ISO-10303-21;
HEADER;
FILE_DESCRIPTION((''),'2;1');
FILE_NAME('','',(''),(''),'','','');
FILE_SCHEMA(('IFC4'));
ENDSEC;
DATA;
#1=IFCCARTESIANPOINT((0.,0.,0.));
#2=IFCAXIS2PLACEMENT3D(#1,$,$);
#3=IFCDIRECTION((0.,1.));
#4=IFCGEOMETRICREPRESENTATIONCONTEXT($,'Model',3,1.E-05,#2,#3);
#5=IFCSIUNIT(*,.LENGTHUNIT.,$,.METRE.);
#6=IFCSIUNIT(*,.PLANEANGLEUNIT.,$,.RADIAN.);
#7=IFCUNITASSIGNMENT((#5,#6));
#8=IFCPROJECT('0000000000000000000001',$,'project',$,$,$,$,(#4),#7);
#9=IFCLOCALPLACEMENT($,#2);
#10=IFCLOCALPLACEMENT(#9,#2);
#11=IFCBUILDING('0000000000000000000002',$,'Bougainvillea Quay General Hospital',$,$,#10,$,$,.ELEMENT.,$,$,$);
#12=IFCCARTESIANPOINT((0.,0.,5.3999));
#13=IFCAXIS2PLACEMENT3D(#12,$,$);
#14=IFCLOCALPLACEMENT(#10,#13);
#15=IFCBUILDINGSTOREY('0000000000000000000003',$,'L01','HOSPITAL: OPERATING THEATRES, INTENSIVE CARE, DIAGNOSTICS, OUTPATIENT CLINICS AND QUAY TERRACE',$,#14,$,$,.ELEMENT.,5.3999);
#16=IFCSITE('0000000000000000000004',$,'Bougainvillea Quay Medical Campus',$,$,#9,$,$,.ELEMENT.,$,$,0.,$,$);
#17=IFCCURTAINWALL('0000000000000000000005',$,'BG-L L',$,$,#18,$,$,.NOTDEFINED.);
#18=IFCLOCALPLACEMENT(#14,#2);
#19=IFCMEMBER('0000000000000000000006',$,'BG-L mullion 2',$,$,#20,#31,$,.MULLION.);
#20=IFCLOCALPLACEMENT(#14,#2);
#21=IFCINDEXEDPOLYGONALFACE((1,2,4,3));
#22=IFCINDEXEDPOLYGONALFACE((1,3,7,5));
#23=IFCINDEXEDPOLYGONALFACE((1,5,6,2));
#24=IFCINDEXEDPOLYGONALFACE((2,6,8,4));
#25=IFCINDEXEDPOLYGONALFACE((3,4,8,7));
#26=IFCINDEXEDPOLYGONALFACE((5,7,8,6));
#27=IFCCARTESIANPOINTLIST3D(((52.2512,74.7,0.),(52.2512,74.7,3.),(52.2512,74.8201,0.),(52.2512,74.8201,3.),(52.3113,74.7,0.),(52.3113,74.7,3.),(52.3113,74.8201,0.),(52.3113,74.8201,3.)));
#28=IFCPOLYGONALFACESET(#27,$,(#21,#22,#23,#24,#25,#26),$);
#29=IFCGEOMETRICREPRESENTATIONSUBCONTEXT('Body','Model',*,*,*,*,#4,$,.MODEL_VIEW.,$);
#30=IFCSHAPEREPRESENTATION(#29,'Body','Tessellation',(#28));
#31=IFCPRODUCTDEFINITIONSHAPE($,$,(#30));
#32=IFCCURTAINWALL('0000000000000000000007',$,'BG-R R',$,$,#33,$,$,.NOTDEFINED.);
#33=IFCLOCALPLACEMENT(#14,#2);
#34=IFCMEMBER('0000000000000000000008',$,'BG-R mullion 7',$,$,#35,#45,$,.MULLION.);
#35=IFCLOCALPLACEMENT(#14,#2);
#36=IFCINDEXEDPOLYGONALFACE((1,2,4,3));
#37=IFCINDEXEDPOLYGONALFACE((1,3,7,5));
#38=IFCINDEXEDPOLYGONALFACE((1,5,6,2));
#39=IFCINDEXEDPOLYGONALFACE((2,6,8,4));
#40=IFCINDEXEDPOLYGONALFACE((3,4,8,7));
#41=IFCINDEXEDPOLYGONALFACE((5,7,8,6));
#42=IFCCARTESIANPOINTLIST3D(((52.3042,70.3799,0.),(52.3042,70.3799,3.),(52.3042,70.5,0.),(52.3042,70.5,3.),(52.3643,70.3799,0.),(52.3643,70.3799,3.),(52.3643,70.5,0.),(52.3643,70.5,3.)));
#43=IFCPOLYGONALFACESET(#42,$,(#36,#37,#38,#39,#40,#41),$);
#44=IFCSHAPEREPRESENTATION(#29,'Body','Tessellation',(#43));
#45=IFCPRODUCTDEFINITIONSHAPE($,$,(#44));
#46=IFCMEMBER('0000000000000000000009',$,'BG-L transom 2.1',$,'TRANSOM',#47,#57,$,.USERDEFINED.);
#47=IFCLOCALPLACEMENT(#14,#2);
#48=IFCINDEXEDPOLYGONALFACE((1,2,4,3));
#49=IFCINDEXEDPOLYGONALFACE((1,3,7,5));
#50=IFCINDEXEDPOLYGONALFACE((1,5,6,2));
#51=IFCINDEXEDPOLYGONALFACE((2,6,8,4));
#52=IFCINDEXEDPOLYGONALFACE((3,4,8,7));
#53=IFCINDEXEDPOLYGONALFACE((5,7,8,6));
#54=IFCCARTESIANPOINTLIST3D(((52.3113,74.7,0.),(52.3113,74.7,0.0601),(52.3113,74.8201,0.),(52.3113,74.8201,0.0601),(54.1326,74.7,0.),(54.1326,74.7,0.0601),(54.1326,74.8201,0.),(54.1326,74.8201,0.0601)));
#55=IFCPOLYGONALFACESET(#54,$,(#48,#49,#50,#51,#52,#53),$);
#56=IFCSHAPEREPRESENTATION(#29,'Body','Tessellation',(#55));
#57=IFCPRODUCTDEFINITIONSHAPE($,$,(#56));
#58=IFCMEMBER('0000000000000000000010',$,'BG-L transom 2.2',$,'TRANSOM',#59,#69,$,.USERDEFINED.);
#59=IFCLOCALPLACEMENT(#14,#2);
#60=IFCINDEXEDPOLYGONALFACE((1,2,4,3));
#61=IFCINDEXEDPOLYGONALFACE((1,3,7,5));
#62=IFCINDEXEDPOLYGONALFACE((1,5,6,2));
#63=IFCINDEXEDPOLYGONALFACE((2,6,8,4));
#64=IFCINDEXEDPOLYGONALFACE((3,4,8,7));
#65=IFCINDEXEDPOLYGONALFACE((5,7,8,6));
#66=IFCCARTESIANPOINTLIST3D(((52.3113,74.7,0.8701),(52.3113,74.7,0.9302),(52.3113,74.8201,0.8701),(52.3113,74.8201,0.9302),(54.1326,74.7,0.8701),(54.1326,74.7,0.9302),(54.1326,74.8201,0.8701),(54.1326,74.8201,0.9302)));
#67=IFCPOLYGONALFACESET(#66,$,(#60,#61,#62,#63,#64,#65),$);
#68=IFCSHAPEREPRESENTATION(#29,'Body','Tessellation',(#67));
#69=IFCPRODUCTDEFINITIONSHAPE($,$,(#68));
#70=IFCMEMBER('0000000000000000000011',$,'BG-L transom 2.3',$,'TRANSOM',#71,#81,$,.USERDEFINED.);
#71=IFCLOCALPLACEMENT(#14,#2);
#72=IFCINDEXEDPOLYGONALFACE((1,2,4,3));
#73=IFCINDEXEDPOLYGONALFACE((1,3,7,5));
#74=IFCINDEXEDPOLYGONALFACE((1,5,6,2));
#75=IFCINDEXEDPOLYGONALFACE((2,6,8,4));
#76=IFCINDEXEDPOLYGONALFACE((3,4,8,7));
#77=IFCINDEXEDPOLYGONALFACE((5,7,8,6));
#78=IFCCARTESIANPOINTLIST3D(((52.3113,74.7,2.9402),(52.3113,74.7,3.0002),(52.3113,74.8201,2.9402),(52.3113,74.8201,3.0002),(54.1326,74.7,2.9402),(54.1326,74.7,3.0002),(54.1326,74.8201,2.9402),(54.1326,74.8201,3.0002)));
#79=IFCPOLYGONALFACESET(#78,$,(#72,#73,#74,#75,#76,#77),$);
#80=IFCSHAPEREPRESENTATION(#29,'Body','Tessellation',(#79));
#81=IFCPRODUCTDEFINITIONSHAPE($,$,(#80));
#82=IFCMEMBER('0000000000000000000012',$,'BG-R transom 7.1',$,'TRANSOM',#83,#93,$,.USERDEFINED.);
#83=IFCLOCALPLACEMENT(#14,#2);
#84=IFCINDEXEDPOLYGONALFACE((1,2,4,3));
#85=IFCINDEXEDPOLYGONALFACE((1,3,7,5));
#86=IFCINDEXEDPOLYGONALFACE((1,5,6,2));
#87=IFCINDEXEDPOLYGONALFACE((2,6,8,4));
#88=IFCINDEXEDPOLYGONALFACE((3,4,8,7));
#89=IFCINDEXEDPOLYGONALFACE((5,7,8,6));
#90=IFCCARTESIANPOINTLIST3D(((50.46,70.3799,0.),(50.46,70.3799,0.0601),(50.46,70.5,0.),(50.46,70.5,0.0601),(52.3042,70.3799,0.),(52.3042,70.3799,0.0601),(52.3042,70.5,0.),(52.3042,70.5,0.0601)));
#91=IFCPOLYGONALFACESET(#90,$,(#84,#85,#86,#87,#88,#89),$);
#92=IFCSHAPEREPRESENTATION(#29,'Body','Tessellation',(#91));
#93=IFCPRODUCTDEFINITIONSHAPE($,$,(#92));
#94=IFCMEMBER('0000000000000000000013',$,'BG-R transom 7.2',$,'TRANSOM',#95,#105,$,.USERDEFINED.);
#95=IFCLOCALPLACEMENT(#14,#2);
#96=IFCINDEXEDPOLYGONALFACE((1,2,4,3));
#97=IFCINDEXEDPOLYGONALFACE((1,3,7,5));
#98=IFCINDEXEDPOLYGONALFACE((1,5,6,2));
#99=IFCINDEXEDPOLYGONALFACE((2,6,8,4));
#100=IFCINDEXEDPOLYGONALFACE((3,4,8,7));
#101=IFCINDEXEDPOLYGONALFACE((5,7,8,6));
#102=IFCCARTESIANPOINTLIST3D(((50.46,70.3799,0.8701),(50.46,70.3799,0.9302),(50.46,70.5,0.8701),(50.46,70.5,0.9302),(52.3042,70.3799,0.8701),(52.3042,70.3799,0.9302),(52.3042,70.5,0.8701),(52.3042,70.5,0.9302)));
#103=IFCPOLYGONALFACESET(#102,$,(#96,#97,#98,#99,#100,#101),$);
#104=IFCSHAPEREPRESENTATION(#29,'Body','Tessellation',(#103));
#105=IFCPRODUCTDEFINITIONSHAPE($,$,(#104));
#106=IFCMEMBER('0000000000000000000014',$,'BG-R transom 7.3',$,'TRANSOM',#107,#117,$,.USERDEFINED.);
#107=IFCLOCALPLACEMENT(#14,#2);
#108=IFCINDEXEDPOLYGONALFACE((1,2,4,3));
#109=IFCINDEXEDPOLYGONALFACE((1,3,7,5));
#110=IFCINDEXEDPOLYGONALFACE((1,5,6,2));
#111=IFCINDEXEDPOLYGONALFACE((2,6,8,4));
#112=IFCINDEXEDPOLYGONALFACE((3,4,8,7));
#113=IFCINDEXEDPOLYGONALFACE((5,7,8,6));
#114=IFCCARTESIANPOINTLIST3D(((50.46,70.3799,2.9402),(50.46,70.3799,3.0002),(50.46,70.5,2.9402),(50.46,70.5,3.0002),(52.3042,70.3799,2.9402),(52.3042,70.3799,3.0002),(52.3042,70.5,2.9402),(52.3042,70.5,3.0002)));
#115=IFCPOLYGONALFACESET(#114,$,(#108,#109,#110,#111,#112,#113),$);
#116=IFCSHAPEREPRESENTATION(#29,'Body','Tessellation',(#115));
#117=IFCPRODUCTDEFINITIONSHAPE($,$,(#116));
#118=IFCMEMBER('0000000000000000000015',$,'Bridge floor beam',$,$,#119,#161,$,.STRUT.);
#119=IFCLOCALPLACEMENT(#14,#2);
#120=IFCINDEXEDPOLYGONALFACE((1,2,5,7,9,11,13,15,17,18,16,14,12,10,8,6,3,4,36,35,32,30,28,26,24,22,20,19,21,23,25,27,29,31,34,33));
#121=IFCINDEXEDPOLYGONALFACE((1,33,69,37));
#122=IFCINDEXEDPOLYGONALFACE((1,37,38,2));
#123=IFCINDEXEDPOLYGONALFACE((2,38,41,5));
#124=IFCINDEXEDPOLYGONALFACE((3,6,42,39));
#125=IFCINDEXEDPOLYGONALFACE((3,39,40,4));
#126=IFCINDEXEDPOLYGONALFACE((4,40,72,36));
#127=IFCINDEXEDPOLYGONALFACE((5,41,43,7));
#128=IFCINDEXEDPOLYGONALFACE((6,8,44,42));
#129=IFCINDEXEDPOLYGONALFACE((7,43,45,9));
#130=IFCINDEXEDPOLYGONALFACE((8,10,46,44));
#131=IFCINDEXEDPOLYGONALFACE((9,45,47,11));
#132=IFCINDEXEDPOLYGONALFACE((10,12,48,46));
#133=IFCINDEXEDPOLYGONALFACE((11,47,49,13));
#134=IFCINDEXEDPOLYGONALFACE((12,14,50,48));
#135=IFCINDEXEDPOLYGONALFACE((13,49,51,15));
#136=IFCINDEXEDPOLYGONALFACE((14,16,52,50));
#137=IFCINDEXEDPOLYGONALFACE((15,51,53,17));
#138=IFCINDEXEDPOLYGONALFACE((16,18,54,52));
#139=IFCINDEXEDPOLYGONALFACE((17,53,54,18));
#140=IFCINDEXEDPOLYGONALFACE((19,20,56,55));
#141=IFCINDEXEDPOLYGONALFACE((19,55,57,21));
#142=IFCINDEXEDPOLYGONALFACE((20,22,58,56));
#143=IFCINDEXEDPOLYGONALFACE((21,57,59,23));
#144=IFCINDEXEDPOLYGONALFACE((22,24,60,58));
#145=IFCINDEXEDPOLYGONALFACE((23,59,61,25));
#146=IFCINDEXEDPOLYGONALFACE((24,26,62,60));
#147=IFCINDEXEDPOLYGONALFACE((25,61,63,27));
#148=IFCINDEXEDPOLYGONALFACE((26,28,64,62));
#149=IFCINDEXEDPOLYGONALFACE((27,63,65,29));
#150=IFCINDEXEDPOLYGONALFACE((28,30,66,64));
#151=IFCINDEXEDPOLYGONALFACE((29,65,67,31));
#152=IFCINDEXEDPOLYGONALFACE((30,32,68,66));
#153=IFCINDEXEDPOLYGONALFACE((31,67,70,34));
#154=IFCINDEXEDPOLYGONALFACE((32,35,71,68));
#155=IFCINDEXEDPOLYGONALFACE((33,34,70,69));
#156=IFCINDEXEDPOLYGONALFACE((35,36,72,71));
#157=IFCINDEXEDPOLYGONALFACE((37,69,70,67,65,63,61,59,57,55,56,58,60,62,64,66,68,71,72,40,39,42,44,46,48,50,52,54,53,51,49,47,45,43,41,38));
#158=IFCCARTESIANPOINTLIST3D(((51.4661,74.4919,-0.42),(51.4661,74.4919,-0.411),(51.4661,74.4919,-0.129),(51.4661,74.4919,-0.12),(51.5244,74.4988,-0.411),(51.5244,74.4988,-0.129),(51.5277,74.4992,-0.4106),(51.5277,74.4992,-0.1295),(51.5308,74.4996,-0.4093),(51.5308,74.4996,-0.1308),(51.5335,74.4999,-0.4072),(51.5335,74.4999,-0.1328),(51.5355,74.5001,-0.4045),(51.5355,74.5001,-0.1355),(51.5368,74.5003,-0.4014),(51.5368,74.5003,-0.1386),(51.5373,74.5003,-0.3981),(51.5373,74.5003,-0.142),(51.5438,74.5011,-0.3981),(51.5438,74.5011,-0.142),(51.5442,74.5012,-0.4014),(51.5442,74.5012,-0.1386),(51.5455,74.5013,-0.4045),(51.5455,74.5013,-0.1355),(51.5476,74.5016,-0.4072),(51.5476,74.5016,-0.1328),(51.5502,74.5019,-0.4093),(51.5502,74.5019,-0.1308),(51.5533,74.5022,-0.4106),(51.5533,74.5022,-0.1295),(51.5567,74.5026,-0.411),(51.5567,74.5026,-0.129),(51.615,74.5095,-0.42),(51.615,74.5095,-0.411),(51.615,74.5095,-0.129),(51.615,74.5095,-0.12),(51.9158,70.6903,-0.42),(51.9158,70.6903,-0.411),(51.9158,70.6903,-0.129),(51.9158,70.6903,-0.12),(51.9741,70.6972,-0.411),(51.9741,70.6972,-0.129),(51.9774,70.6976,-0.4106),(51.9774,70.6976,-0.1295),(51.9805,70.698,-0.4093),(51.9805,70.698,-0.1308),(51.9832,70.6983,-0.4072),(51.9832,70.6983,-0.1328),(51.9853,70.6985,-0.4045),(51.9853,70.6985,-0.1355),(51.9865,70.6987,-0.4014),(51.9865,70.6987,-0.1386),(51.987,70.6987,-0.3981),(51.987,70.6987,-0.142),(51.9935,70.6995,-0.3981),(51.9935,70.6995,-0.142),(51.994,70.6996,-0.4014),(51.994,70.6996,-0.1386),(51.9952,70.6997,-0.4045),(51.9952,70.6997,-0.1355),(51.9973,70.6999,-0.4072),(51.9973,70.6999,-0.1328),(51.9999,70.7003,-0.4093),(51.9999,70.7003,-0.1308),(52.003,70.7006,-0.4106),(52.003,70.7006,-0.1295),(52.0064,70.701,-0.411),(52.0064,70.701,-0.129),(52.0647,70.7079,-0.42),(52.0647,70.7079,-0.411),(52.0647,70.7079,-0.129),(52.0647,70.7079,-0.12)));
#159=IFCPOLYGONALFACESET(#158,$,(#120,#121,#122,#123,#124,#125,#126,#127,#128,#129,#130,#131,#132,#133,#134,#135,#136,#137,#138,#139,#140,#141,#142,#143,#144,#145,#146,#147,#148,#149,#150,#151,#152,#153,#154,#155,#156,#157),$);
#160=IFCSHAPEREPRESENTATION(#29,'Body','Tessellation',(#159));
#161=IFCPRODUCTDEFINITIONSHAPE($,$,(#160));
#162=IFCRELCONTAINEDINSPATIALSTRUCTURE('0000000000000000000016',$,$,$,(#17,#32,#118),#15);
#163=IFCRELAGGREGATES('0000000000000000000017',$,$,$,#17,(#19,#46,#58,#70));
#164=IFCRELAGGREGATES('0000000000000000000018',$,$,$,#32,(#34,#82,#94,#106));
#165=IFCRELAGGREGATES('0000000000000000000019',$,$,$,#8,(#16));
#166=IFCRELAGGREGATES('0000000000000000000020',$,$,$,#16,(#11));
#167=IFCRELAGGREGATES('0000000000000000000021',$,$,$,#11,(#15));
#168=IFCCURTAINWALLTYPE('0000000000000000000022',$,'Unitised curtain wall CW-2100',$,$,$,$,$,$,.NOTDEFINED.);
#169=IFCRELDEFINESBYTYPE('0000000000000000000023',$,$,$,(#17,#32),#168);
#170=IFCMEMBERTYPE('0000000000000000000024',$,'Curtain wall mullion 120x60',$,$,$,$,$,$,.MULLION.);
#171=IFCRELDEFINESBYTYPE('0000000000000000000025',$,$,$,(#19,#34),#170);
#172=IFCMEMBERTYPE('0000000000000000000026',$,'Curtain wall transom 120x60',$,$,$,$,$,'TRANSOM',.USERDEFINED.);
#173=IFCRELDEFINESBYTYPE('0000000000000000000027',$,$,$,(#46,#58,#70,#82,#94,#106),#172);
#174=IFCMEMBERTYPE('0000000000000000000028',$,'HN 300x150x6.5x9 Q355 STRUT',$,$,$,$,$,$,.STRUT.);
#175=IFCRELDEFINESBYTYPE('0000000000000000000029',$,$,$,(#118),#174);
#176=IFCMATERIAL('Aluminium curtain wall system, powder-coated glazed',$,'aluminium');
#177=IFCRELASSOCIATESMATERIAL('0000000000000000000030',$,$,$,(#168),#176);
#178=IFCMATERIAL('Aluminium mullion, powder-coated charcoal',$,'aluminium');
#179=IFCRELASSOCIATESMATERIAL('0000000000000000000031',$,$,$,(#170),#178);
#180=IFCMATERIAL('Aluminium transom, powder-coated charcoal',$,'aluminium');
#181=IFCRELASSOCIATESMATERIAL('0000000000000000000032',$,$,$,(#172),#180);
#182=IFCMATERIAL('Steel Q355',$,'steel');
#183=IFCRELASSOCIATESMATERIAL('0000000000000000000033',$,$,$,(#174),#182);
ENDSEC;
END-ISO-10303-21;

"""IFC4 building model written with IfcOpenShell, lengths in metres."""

from ifc_helpers import new_model, si_unit, direction, frame, origin, origin_2d, place, context, subcontext, project, spatial, rectangle, i_section, extrude, material, material_profile, profile_set, type_object, element, aggregate, save


model = new_model("IFC4")

# Units and contexts
model_context = context("Model", 3, precision=1e-05, world=origin(), true_north=direction((0.0, 1.0)))
body_context = subcontext(model_context, "Body", "Model", "MODEL_VIEW")
ifc_project = project(units=[si_unit("LENGTHUNIT", "METRE"), si_unit("PLANEANGLEUNIT", "RADIAN")], contexts=[model_context])

# Site, building, storey
site_placement = place(None, origin())
site = spatial("IfcSite", under=ifc_project, at=site_placement, Name="Bougainvillea Quay Medical Campus", CompositionType="ELEMENT", RefElevation=0.0)
building_placement = place(site_placement, origin())
building = spatial("IfcBuilding", under=site, at=building_placement, Name="Bougainvillea Quay General Hospital", CompositionType="ELEMENT")
storey_placement = place(building_placement, frame((0.0, 0.0, 5.3999)))
storey = spatial("IfcBuildingStorey", under=building, at=storey_placement, Name="L01", Description="HOSPITAL: OPERATING THEATRES, INTENSIVE CARE, DIAGNOSTICS, OUTPATIENT CLINICS AND QUAY TERRACE", CompositionType="ELEMENT", Elevation=5.3999)

# Curtain walls, members
ifc_material_1 = material(Name="Aluminium curtain wall system, powder-coated glazed", Category="aluminium")
curtain_wall_type = type_object("IfcCurtainWallType", Name="Unitised curtain wall CW-2100", PredefinedType="NOTDEFINED", material=ifc_material_1)
curtain_wall_1_placement = place(storey_placement, origin())
curtain_wall_1 = element("IfcCurtainWall", 1, at=curtain_wall_1_placement, inside=storey, type_object=curtain_wall_type, Name="BG-L L", PredefinedType="NOTDEFINED")
ifc_material_2 = material(Name="Aluminium mullion, powder-coated charcoal", Category="aluminium")
ifc_material_profile_1 = material_profile(ifc_material_2, rectangle(XDim=0.1201, YDim=0.0601, at=origin_2d()))
ifc_profile_set_1 = profile_set([ifc_material_profile_1], Name="Aluminium mullion, powder-coated charcoal")
member_type_1 = type_object("IfcMemberType", Name="Curtain wall mullion 120x60", PredefinedType="MULLION", material=ifc_profile_set_1)
member_1_placement = place(storey_placement, frame((52.2812, 74.76, 0.0), z_axis=(0.0, 0.0, 1.0), x_axis=(0.0, 1.0, 0.0)))
member_1 = element("IfcMember", 2, at=member_1_placement, type_object=member_type_1, Name="BG-L mullion 2", PredefinedType="MULLION", context=body_context, shape_type="SweptSolid", body=[
    extrude(rectangle(XDim=0.1201, YDim=0.0601, at=origin_2d()), origin(), (0.0, 0.0, 1.0), 3.0),
])
curtain_wall_2_placement = place(storey_placement, origin())
curtain_wall_2 = element("IfcCurtainWall", 3, at=curtain_wall_2_placement, inside=storey, type_object=curtain_wall_type, Name="BG-R R", PredefinedType="NOTDEFINED")
member_2_placement = place(storey_placement, frame((52.3342, 70.4399, 0.0), z_axis=(0.0, 0.0, 1.0), x_axis=(0.0, -1.0, 0.0)))
member_2 = element("IfcMember", 4, at=member_2_placement, type_object=member_type_1, Name="BG-R mullion 7", PredefinedType="MULLION", context=body_context, shape_type="SweptSolid", body=[
    extrude(rectangle(XDim=0.1201, YDim=0.0601, at=origin_2d()), origin(), (0.0, 0.0, 1.0), 3.0),
])

# Members
ifc_material_3 = material(Name="Aluminium transom, powder-coated charcoal", Category="aluminium")
ifc_material_profile_2 = material_profile(ifc_material_3, rectangle(XDim=0.1201, YDim=0.0601, at=origin_2d()))
ifc_profile_set_2 = profile_set([ifc_material_profile_2], Name="Aluminium transom, powder-coated charcoal")
member_type_2 = type_object("IfcMemberType", Name="Curtain wall transom 120x60", ElementType="TRANSOM", PredefinedType="USERDEFINED", material=ifc_profile_set_2)
member_3_placement = place(storey_placement, frame((52.3113, 74.76, 0.03), z_axis=(1.0, 0.0, 0.0), x_axis=(0.0, 1.0, 0.0)))
member_3 = element("IfcMember", 5, at=member_3_placement, type_object=member_type_2, Name="BG-L transom 2.1", ObjectType="TRANSOM", PredefinedType="USERDEFINED", context=body_context, shape_type="SweptSolid", body=[
    extrude(rectangle(XDim=0.1201, YDim=0.0601, at=origin_2d()), origin(), (0.0, 0.0, 1.0), 1.8213),
])
member_4_placement = place(storey_placement, frame((52.3113, 74.76, 0.9001), z_axis=(1.0, 0.0, 0.0), x_axis=(0.0, 1.0, 0.0)))
member_4 = element("IfcMember", 6, at=member_4_placement, type_object=member_type_2, Name="BG-L transom 2.2", ObjectType="TRANSOM", PredefinedType="USERDEFINED", context=body_context, shape_type="SweptSolid", body=[
    extrude(rectangle(XDim=0.1201, YDim=0.0601, at=origin_2d()), origin(), (0.0, 0.0, 1.0), 1.8213),
])
member_5_placement = place(storey_placement, frame((52.3113, 74.76, 2.9702), z_axis=(1.0, 0.0, 0.0), x_axis=(0.0, 1.0, 0.0)))
member_5 = element("IfcMember", 7, at=member_5_placement, type_object=member_type_2, Name="BG-L transom 2.3", ObjectType="TRANSOM", PredefinedType="USERDEFINED", context=body_context, shape_type="SweptSolid", body=[
    extrude(rectangle(XDim=0.1201, YDim=0.0601, at=origin_2d()), origin(), (0.0, 0.0, 1.0), 1.8213),
])
member_6_placement = place(storey_placement, frame((52.3042, 70.4399, 0.03), z_axis=(-1.0, 0.0, 0.0), x_axis=(0.0, -1.0, 0.0)))
member_6 = element("IfcMember", 8, at=member_6_placement, type_object=member_type_2, Name="BG-R transom 7.1", ObjectType="TRANSOM", PredefinedType="USERDEFINED", context=body_context, shape_type="SweptSolid", body=[
    extrude(rectangle(XDim=0.1201, YDim=0.0601, at=origin_2d()), origin(), (0.0, 0.0, 1.0), 1.8442),
])
member_7_placement = place(storey_placement, frame((52.3042, 70.4399, 0.9001), z_axis=(-1.0, 0.0, 0.0), x_axis=(0.0, -1.0, 0.0)))
member_7 = element("IfcMember", 9, at=member_7_placement, type_object=member_type_2, Name="BG-R transom 7.2", ObjectType="TRANSOM", PredefinedType="USERDEFINED", context=body_context, shape_type="SweptSolid", body=[
    extrude(rectangle(XDim=0.1201, YDim=0.0601, at=origin_2d()), origin(), (0.0, 0.0, 1.0), 1.8442),
])
member_8_placement = place(storey_placement, frame((52.3042, 70.4399, 2.9702), z_axis=(-1.0, 0.0, 0.0), x_axis=(0.0, -1.0, 0.0)))
member_8 = element("IfcMember", 10, at=member_8_placement, type_object=member_type_2, Name="BG-R transom 7.3", ObjectType="TRANSOM", PredefinedType="USERDEFINED", context=body_context, shape_type="SweptSolid", body=[
    extrude(rectangle(XDim=0.1201, YDim=0.0601, at=origin_2d()), origin(), (0.0, 0.0, 1.0), 1.8442),
])

# Member
ifc_material_4 = material(Name="Steel Q355", Category="steel")
ifc_material_profile_3 = material_profile(ifc_material_4, i_section(OverallWidth=0.1499, OverallDepth=0.3, WebThickness=0.0066, FlangeThickness=0.009, FilletRadius=0.0129, at=origin_2d()))
ifc_profile_set_3 = profile_set([ifc_material_profile_3], Name="Steel Q355")
member_type_3 = type_object("IfcMemberType", Name="HN 300x150x6.5x9 Q355 STRUT", PredefinedType="STRUT", material=ifc_profile_set_3)
member_9_placement = place(storey_placement, frame((51.5405, 74.5007, -0.27), z_axis=(0.117478, -0.993076, 0.0), x_axis=(0.993076, 0.117478, 0.0)))
element("IfcMember", 11, at=member_9_placement, inside=storey, type_object=member_type_3, Name="Bridge floor beam", PredefinedType="STRUT", context=body_context, shape_type="SweptSolid", body=[
    extrude(i_section(OverallWidth=0.1499, OverallDepth=0.3, WebThickness=0.0066, FlangeThickness=0.009, FilletRadius=0.0129, at=origin_2d()), origin(), (0.0, 0.0, 1.0), 3.8281),
])

aggregate(curtain_wall_1, [member_1, member_3, member_4, member_5])
aggregate(curtain_wall_2, [member_2, member_6, member_7, member_8])

save(model, "model.ifc")
